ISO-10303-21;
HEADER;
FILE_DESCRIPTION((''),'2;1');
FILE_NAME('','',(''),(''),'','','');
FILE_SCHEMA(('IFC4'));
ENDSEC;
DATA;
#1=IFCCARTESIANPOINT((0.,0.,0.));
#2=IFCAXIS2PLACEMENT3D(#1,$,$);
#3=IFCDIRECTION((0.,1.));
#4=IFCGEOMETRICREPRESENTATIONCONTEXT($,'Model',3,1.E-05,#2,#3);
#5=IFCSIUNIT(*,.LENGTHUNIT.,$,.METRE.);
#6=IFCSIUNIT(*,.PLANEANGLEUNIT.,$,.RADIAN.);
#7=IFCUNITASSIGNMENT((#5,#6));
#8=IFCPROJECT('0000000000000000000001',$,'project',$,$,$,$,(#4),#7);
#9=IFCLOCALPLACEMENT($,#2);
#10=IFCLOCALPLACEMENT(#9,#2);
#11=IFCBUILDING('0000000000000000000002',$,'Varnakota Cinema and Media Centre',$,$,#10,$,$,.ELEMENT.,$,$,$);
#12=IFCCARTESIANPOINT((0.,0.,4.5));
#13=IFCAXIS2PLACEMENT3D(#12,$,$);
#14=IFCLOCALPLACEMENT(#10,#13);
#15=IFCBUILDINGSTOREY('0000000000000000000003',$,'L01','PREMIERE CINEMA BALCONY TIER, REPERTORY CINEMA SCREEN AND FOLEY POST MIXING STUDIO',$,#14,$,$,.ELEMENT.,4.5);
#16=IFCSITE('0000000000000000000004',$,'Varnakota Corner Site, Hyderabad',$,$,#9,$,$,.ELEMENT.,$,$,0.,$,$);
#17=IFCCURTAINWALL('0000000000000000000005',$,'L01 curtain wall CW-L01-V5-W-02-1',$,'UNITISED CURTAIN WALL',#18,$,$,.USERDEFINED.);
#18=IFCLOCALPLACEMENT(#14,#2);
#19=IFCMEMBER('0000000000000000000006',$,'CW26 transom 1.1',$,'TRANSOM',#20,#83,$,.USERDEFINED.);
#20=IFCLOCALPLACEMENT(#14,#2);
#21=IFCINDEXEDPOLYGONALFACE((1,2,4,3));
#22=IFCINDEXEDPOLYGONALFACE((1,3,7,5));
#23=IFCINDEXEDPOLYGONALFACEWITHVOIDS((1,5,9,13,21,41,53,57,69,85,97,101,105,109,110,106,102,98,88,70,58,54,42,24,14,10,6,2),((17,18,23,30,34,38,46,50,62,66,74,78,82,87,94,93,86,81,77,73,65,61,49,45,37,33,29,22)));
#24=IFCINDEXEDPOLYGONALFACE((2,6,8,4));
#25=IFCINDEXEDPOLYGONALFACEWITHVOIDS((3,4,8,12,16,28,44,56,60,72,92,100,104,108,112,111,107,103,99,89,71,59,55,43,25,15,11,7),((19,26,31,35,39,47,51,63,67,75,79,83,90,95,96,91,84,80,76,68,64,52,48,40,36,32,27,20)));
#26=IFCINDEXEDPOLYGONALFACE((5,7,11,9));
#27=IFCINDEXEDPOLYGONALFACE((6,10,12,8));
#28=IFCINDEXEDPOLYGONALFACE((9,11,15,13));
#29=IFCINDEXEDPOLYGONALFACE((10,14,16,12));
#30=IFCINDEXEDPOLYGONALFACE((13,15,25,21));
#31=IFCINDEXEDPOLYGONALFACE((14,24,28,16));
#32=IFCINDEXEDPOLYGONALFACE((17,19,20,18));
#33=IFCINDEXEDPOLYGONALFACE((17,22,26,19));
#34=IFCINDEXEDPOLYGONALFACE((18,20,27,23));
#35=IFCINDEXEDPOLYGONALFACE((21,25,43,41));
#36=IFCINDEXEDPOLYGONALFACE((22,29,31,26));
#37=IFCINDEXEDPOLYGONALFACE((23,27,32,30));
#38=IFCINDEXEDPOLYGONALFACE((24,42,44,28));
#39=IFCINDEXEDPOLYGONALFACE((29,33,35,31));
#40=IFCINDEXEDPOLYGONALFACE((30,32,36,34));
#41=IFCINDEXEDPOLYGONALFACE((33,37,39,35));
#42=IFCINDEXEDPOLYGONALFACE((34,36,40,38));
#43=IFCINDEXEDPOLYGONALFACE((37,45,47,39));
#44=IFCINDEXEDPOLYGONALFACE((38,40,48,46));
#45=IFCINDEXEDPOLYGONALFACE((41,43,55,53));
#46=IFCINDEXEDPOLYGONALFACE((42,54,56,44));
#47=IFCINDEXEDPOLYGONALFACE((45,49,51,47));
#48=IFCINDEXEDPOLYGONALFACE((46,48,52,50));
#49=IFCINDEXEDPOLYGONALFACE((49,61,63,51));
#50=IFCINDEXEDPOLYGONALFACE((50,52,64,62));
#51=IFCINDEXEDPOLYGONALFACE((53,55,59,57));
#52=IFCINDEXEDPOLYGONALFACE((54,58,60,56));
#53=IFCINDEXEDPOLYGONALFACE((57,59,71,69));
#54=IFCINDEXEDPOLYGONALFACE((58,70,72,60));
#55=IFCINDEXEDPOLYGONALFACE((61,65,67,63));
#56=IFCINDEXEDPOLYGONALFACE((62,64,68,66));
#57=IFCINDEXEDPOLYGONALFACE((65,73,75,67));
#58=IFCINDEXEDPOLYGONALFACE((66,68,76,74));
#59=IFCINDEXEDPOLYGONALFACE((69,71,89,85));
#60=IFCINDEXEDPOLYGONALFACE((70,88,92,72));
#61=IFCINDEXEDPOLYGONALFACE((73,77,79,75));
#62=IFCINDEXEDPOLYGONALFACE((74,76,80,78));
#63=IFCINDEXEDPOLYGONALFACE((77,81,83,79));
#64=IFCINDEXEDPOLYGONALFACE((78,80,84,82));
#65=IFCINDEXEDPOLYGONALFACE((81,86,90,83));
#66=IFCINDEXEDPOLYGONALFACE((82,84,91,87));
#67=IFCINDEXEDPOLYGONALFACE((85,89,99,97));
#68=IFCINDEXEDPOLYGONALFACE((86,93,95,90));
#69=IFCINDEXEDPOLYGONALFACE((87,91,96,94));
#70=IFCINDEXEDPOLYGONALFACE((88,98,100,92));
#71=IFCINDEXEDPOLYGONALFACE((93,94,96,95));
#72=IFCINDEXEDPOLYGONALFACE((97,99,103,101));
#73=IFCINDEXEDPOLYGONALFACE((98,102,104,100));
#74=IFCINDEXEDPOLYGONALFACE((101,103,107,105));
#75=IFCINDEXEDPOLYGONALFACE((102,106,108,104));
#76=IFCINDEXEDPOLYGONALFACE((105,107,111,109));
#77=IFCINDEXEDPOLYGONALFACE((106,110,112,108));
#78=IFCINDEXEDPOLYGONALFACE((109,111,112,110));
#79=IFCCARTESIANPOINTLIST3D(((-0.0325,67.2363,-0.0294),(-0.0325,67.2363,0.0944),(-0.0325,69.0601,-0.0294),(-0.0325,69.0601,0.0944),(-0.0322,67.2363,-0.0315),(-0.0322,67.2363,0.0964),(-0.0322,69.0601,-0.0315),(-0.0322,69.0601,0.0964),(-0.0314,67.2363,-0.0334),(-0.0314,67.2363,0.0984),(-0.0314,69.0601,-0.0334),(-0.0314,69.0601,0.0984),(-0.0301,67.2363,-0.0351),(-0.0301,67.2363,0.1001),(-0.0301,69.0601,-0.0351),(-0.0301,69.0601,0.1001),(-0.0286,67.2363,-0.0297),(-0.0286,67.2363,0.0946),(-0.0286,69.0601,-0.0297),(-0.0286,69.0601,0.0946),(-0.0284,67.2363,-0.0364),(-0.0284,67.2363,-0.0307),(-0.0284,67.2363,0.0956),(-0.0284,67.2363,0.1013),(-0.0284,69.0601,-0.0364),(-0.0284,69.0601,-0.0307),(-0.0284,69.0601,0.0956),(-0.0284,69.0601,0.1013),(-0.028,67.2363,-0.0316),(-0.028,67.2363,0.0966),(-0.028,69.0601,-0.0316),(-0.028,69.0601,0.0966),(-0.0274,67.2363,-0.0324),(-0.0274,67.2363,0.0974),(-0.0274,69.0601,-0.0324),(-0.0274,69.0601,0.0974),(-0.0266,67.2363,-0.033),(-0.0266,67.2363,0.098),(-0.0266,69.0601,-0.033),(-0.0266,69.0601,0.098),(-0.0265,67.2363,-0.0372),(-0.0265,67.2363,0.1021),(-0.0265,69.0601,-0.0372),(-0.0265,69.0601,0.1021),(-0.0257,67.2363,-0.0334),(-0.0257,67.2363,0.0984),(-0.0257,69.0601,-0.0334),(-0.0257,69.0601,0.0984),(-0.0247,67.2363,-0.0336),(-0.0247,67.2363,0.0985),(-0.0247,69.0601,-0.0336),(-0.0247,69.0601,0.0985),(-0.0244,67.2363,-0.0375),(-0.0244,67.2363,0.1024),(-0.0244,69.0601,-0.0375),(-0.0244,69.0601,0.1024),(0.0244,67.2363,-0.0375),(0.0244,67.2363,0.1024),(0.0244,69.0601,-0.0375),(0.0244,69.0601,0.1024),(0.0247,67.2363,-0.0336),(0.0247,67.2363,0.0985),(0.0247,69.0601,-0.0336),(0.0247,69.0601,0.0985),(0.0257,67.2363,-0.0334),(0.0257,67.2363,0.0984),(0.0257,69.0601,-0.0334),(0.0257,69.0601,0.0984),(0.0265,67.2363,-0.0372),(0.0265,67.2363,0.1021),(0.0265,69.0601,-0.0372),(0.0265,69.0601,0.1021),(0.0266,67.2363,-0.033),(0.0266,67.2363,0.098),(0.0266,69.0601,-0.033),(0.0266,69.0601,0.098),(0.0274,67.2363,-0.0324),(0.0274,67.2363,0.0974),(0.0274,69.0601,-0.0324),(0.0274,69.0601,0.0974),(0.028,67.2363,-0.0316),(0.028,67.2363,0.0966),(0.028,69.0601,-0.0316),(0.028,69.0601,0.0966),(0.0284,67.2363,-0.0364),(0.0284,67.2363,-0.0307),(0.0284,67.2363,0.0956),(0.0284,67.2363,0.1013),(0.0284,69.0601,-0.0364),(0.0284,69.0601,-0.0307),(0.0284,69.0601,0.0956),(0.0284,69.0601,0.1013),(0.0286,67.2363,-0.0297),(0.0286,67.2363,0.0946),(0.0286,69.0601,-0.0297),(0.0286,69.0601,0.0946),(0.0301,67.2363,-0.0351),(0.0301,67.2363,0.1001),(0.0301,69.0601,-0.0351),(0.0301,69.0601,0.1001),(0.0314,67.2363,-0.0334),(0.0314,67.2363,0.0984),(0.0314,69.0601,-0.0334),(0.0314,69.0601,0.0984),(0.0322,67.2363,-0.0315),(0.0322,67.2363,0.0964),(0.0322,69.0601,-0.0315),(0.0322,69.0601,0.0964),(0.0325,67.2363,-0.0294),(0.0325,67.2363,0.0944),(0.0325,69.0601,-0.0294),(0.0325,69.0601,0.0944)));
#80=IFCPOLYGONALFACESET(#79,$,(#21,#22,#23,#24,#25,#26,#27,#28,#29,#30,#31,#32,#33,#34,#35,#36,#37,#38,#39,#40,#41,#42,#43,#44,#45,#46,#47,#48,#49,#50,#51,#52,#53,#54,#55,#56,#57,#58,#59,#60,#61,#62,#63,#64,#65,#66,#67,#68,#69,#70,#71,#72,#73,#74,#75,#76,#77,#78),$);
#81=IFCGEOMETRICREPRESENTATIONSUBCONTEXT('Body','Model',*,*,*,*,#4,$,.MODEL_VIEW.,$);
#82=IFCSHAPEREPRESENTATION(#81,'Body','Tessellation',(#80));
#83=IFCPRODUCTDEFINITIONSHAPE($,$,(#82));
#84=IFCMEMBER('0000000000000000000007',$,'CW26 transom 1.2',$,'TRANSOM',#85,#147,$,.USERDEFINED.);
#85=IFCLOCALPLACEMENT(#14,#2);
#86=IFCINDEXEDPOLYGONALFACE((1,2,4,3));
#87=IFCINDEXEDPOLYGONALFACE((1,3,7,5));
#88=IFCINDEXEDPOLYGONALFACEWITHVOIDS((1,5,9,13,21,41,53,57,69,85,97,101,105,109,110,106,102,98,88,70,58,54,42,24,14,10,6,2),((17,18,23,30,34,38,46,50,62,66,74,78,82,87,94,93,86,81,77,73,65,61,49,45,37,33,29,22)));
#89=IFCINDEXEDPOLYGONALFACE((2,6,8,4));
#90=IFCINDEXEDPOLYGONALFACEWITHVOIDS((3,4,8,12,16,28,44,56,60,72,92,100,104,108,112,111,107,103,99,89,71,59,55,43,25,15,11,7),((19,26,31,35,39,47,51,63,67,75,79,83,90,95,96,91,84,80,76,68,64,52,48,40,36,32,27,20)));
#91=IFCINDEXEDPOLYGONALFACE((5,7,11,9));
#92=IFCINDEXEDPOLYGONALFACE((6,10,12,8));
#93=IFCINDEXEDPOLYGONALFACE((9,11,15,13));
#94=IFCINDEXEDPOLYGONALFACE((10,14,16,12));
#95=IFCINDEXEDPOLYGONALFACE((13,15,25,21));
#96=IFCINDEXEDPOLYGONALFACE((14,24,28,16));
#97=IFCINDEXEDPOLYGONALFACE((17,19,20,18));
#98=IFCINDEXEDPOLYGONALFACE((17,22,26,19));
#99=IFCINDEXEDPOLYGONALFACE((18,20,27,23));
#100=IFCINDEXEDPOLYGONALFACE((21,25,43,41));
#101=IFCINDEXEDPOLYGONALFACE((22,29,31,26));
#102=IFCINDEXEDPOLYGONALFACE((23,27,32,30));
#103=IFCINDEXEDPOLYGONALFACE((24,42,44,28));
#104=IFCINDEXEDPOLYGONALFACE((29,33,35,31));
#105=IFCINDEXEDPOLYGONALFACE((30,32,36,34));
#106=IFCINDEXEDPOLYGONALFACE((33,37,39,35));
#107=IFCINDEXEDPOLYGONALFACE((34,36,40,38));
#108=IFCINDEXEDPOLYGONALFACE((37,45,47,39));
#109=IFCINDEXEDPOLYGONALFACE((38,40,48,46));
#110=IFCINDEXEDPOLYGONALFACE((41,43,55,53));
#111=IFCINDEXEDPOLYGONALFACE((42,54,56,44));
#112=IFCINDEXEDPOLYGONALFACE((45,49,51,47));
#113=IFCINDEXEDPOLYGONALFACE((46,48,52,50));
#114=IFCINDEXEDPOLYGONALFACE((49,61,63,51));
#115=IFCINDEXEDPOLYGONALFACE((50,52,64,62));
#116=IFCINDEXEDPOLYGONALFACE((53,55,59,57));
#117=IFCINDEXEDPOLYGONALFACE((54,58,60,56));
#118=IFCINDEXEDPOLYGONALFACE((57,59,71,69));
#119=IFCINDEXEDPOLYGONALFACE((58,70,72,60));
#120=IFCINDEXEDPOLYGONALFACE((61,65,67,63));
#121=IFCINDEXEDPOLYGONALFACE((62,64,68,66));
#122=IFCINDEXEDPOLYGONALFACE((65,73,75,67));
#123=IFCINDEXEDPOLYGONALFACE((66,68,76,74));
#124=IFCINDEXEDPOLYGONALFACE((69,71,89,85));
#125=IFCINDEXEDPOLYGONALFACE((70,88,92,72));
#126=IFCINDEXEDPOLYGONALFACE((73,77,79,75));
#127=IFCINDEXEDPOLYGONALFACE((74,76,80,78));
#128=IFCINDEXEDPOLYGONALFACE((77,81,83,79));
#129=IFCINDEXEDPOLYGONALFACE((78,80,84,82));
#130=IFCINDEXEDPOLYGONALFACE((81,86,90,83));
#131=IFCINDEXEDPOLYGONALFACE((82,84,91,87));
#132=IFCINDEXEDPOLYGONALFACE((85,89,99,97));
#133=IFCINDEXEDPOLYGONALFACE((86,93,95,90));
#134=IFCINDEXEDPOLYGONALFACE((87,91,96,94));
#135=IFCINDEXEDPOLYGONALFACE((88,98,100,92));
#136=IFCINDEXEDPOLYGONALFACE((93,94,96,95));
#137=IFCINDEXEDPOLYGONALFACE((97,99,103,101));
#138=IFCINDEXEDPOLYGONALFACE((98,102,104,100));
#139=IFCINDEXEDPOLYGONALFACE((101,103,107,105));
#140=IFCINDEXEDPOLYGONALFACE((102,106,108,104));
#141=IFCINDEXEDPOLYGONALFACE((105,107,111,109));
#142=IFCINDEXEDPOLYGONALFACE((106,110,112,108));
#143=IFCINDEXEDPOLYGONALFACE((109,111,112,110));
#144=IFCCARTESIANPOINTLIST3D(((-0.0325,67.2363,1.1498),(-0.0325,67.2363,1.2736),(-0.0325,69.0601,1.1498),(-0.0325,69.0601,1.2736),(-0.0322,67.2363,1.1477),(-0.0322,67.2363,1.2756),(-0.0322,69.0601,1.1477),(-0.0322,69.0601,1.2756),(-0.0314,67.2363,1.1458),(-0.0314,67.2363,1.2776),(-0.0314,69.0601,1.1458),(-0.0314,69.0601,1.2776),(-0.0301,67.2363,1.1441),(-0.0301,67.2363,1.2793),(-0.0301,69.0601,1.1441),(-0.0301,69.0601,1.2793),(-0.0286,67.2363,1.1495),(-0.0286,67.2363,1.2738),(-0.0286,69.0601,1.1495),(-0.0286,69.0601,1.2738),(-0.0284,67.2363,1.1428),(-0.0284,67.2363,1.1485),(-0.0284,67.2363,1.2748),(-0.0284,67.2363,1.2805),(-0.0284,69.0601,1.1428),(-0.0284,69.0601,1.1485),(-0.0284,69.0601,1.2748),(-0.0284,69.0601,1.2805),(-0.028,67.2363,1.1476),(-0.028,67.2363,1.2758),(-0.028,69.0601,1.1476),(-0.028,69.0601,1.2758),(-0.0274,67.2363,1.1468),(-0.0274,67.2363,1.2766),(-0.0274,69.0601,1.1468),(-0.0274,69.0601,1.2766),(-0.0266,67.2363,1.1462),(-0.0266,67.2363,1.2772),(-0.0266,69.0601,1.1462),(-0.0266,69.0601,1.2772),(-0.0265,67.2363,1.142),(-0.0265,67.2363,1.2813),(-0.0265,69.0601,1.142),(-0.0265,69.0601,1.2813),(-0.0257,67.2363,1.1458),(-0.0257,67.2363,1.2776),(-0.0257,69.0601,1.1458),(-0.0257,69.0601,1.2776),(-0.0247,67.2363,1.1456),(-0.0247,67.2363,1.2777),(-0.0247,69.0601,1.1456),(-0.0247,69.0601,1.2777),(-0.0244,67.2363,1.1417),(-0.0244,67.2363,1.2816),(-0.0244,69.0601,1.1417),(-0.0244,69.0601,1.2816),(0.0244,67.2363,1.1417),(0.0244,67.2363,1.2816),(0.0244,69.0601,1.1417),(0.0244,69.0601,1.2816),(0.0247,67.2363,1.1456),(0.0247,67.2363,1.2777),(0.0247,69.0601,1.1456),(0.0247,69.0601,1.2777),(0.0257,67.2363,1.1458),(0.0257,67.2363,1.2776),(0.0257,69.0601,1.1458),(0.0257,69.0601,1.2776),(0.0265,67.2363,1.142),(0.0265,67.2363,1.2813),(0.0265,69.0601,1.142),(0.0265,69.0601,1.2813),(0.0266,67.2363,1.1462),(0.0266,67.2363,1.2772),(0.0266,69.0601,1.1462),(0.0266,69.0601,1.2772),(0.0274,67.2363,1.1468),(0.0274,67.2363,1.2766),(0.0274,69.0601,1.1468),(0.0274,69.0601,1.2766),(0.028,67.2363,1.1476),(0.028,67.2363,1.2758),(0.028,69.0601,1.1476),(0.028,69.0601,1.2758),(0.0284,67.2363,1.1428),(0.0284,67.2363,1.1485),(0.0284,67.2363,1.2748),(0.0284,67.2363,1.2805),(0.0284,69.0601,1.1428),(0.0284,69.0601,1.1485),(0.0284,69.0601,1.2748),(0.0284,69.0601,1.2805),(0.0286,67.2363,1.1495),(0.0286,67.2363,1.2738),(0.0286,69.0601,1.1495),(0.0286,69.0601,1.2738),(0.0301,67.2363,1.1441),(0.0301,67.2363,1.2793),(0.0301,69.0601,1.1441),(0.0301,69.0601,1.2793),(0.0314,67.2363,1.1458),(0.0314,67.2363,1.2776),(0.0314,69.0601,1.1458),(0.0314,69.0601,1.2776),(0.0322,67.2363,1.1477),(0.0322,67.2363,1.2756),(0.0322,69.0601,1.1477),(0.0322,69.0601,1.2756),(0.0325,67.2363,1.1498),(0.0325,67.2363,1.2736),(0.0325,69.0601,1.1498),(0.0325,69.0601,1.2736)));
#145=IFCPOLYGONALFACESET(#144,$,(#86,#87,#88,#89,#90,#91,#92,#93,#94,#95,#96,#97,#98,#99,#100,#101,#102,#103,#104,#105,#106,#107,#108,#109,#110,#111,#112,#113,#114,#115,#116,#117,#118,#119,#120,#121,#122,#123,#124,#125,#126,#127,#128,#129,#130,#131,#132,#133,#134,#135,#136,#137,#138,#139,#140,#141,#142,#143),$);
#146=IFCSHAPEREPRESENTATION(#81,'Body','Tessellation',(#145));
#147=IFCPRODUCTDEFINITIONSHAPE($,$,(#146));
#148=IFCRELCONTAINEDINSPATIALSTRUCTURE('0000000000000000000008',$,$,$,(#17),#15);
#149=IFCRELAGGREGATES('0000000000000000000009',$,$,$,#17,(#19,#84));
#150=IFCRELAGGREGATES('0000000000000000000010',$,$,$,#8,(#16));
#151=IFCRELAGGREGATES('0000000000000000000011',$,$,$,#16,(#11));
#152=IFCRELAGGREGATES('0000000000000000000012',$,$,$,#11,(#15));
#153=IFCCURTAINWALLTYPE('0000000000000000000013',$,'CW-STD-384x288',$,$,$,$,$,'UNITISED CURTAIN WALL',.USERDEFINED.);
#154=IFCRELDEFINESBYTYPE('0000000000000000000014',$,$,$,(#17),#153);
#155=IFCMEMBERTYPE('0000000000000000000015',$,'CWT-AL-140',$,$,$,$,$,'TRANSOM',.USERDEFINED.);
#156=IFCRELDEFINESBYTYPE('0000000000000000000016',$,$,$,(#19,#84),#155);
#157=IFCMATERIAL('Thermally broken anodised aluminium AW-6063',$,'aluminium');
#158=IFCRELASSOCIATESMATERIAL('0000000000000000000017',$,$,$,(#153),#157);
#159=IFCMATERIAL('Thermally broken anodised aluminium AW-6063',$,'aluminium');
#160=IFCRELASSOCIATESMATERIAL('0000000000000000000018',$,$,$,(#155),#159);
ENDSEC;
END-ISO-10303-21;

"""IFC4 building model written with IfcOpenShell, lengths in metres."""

from ifc_helpers import new_model, si_unit, direction, frame, origin, origin_2d, place, context, subcontext, project, spatial, hollow_rectangle, extrude, material, material_profile, profile_set, type_object, element, aggregate, save


model = new_model("IFC4")

# Units and contexts
model_context = context("Model", 3, precision=1e-05, world=origin(), true_north=direction((0.0, 1.0)))
body_context = subcontext(model_context, "Body", "Model", "MODEL_VIEW")
ifc_project = project(units=[si_unit("LENGTHUNIT", "METRE"), si_unit("PLANEANGLEUNIT", "RADIAN")], contexts=[model_context])

# Site, building, storey
site_placement = place(None, origin())
site = spatial("IfcSite", under=ifc_project, at=site_placement, Name="Varnakota Corner Site, Hyderabad", CompositionType="ELEMENT", RefElevation=0.0)
building_placement = place(site_placement, origin())
building = spatial("IfcBuilding", under=site, at=building_placement, Name="Varnakota Cinema and Media Centre", CompositionType="ELEMENT")
storey_placement = place(building_placement, frame((0.0, 0.0, 4.5)))
storey = spatial("IfcBuildingStorey", under=building, at=storey_placement, Name="L01", Description="PREMIERE CINEMA BALCONY TIER, REPERTORY CINEMA SCREEN AND FOLEY POST MIXING STUDIO", CompositionType="ELEMENT", Elevation=4.5)

# Curtain wall
ifc_material_1 = material(Name="Thermally broken anodised aluminium AW-6063", Category="aluminium")
curtain_wall_type = type_object("IfcCurtainWallType", Name="CW-STD-384x288", ElementType="UNITISED CURTAIN WALL", PredefinedType="USERDEFINED", material=ifc_material_1)
curtain_wall_1_placement = place(storey_placement, origin())
curtain_wall_1 = element("IfcCurtainWall", 1, at=curtain_wall_1_placement, inside=storey, type_object=curtain_wall_type, Name="L01 curtain wall CW-L01-V5-W-02-1", ObjectType="UNITISED CURTAIN WALL", PredefinedType="USERDEFINED")

# Members
ifc_material_2 = material(Name="Thermally broken anodised aluminium AW-6063", Category="aluminium")
ifc_material_profile_1 = material_profile(ifc_material_2, hollow_rectangle(XDim=0.0649, YDim=0.1399, WallThickness=0.0039, InnerFilletRadius=0.0039, OuterFilletRadius=0.0081, at=origin_2d()), Name="AL-TRANSOM 140x65x4")
ifc_profile_set_1 = profile_set([ifc_material_profile_1], Name="Thermally broken anodised aluminium AW-6063")
member_type_1 = type_object("IfcMemberType", Name="CWT-AL-140", ElementType="TRANSOM", PredefinedType="USERDEFINED", material=ifc_profile_set_1)
member_1_placement = place(storey_placement, frame((0.0, 69.0601, 0.0325), z_axis=(0.0, -1.0, 0.0), x_axis=(1.0, 0.0, 0.0)))
member_1 = element("IfcMember", 2, at=member_1_placement, type_object=member_type_1, Name="CW26 transom 1.1", ObjectType="TRANSOM", PredefinedType="USERDEFINED", context=body_context, shape_type="SweptSolid", body=[
    extrude(hollow_rectangle(XDim=0.0649, YDim=0.1399, WallThickness=0.0039, InnerFilletRadius=0.0039, OuterFilletRadius=0.0081, at=origin_2d()), origin(), (0.0, 0.0, 1.0), 1.8237),
])
member_2_placement = place(storey_placement, frame((0.0, 69.0601, 1.2117), z_axis=(0.0, -1.0, 0.0), x_axis=(1.0, 0.0, 0.0)))
member_2 = element("IfcMember", 3, at=member_2_placement, type_object=member_type_1, Name="CW26 transom 1.2", ObjectType="TRANSOM", PredefinedType="USERDEFINED", context=body_context, shape_type="SweptSolid", body=[
    extrude(hollow_rectangle(XDim=0.0649, YDim=0.1399, WallThickness=0.0039, InnerFilletRadius=0.0039, OuterFilletRadius=0.0081, at=origin_2d()), origin(), (0.0, 0.0, 1.0), 1.8237),
])

aggregate(curtain_wall_1, [member_1, member_2])

save(model, "model.ifc")
